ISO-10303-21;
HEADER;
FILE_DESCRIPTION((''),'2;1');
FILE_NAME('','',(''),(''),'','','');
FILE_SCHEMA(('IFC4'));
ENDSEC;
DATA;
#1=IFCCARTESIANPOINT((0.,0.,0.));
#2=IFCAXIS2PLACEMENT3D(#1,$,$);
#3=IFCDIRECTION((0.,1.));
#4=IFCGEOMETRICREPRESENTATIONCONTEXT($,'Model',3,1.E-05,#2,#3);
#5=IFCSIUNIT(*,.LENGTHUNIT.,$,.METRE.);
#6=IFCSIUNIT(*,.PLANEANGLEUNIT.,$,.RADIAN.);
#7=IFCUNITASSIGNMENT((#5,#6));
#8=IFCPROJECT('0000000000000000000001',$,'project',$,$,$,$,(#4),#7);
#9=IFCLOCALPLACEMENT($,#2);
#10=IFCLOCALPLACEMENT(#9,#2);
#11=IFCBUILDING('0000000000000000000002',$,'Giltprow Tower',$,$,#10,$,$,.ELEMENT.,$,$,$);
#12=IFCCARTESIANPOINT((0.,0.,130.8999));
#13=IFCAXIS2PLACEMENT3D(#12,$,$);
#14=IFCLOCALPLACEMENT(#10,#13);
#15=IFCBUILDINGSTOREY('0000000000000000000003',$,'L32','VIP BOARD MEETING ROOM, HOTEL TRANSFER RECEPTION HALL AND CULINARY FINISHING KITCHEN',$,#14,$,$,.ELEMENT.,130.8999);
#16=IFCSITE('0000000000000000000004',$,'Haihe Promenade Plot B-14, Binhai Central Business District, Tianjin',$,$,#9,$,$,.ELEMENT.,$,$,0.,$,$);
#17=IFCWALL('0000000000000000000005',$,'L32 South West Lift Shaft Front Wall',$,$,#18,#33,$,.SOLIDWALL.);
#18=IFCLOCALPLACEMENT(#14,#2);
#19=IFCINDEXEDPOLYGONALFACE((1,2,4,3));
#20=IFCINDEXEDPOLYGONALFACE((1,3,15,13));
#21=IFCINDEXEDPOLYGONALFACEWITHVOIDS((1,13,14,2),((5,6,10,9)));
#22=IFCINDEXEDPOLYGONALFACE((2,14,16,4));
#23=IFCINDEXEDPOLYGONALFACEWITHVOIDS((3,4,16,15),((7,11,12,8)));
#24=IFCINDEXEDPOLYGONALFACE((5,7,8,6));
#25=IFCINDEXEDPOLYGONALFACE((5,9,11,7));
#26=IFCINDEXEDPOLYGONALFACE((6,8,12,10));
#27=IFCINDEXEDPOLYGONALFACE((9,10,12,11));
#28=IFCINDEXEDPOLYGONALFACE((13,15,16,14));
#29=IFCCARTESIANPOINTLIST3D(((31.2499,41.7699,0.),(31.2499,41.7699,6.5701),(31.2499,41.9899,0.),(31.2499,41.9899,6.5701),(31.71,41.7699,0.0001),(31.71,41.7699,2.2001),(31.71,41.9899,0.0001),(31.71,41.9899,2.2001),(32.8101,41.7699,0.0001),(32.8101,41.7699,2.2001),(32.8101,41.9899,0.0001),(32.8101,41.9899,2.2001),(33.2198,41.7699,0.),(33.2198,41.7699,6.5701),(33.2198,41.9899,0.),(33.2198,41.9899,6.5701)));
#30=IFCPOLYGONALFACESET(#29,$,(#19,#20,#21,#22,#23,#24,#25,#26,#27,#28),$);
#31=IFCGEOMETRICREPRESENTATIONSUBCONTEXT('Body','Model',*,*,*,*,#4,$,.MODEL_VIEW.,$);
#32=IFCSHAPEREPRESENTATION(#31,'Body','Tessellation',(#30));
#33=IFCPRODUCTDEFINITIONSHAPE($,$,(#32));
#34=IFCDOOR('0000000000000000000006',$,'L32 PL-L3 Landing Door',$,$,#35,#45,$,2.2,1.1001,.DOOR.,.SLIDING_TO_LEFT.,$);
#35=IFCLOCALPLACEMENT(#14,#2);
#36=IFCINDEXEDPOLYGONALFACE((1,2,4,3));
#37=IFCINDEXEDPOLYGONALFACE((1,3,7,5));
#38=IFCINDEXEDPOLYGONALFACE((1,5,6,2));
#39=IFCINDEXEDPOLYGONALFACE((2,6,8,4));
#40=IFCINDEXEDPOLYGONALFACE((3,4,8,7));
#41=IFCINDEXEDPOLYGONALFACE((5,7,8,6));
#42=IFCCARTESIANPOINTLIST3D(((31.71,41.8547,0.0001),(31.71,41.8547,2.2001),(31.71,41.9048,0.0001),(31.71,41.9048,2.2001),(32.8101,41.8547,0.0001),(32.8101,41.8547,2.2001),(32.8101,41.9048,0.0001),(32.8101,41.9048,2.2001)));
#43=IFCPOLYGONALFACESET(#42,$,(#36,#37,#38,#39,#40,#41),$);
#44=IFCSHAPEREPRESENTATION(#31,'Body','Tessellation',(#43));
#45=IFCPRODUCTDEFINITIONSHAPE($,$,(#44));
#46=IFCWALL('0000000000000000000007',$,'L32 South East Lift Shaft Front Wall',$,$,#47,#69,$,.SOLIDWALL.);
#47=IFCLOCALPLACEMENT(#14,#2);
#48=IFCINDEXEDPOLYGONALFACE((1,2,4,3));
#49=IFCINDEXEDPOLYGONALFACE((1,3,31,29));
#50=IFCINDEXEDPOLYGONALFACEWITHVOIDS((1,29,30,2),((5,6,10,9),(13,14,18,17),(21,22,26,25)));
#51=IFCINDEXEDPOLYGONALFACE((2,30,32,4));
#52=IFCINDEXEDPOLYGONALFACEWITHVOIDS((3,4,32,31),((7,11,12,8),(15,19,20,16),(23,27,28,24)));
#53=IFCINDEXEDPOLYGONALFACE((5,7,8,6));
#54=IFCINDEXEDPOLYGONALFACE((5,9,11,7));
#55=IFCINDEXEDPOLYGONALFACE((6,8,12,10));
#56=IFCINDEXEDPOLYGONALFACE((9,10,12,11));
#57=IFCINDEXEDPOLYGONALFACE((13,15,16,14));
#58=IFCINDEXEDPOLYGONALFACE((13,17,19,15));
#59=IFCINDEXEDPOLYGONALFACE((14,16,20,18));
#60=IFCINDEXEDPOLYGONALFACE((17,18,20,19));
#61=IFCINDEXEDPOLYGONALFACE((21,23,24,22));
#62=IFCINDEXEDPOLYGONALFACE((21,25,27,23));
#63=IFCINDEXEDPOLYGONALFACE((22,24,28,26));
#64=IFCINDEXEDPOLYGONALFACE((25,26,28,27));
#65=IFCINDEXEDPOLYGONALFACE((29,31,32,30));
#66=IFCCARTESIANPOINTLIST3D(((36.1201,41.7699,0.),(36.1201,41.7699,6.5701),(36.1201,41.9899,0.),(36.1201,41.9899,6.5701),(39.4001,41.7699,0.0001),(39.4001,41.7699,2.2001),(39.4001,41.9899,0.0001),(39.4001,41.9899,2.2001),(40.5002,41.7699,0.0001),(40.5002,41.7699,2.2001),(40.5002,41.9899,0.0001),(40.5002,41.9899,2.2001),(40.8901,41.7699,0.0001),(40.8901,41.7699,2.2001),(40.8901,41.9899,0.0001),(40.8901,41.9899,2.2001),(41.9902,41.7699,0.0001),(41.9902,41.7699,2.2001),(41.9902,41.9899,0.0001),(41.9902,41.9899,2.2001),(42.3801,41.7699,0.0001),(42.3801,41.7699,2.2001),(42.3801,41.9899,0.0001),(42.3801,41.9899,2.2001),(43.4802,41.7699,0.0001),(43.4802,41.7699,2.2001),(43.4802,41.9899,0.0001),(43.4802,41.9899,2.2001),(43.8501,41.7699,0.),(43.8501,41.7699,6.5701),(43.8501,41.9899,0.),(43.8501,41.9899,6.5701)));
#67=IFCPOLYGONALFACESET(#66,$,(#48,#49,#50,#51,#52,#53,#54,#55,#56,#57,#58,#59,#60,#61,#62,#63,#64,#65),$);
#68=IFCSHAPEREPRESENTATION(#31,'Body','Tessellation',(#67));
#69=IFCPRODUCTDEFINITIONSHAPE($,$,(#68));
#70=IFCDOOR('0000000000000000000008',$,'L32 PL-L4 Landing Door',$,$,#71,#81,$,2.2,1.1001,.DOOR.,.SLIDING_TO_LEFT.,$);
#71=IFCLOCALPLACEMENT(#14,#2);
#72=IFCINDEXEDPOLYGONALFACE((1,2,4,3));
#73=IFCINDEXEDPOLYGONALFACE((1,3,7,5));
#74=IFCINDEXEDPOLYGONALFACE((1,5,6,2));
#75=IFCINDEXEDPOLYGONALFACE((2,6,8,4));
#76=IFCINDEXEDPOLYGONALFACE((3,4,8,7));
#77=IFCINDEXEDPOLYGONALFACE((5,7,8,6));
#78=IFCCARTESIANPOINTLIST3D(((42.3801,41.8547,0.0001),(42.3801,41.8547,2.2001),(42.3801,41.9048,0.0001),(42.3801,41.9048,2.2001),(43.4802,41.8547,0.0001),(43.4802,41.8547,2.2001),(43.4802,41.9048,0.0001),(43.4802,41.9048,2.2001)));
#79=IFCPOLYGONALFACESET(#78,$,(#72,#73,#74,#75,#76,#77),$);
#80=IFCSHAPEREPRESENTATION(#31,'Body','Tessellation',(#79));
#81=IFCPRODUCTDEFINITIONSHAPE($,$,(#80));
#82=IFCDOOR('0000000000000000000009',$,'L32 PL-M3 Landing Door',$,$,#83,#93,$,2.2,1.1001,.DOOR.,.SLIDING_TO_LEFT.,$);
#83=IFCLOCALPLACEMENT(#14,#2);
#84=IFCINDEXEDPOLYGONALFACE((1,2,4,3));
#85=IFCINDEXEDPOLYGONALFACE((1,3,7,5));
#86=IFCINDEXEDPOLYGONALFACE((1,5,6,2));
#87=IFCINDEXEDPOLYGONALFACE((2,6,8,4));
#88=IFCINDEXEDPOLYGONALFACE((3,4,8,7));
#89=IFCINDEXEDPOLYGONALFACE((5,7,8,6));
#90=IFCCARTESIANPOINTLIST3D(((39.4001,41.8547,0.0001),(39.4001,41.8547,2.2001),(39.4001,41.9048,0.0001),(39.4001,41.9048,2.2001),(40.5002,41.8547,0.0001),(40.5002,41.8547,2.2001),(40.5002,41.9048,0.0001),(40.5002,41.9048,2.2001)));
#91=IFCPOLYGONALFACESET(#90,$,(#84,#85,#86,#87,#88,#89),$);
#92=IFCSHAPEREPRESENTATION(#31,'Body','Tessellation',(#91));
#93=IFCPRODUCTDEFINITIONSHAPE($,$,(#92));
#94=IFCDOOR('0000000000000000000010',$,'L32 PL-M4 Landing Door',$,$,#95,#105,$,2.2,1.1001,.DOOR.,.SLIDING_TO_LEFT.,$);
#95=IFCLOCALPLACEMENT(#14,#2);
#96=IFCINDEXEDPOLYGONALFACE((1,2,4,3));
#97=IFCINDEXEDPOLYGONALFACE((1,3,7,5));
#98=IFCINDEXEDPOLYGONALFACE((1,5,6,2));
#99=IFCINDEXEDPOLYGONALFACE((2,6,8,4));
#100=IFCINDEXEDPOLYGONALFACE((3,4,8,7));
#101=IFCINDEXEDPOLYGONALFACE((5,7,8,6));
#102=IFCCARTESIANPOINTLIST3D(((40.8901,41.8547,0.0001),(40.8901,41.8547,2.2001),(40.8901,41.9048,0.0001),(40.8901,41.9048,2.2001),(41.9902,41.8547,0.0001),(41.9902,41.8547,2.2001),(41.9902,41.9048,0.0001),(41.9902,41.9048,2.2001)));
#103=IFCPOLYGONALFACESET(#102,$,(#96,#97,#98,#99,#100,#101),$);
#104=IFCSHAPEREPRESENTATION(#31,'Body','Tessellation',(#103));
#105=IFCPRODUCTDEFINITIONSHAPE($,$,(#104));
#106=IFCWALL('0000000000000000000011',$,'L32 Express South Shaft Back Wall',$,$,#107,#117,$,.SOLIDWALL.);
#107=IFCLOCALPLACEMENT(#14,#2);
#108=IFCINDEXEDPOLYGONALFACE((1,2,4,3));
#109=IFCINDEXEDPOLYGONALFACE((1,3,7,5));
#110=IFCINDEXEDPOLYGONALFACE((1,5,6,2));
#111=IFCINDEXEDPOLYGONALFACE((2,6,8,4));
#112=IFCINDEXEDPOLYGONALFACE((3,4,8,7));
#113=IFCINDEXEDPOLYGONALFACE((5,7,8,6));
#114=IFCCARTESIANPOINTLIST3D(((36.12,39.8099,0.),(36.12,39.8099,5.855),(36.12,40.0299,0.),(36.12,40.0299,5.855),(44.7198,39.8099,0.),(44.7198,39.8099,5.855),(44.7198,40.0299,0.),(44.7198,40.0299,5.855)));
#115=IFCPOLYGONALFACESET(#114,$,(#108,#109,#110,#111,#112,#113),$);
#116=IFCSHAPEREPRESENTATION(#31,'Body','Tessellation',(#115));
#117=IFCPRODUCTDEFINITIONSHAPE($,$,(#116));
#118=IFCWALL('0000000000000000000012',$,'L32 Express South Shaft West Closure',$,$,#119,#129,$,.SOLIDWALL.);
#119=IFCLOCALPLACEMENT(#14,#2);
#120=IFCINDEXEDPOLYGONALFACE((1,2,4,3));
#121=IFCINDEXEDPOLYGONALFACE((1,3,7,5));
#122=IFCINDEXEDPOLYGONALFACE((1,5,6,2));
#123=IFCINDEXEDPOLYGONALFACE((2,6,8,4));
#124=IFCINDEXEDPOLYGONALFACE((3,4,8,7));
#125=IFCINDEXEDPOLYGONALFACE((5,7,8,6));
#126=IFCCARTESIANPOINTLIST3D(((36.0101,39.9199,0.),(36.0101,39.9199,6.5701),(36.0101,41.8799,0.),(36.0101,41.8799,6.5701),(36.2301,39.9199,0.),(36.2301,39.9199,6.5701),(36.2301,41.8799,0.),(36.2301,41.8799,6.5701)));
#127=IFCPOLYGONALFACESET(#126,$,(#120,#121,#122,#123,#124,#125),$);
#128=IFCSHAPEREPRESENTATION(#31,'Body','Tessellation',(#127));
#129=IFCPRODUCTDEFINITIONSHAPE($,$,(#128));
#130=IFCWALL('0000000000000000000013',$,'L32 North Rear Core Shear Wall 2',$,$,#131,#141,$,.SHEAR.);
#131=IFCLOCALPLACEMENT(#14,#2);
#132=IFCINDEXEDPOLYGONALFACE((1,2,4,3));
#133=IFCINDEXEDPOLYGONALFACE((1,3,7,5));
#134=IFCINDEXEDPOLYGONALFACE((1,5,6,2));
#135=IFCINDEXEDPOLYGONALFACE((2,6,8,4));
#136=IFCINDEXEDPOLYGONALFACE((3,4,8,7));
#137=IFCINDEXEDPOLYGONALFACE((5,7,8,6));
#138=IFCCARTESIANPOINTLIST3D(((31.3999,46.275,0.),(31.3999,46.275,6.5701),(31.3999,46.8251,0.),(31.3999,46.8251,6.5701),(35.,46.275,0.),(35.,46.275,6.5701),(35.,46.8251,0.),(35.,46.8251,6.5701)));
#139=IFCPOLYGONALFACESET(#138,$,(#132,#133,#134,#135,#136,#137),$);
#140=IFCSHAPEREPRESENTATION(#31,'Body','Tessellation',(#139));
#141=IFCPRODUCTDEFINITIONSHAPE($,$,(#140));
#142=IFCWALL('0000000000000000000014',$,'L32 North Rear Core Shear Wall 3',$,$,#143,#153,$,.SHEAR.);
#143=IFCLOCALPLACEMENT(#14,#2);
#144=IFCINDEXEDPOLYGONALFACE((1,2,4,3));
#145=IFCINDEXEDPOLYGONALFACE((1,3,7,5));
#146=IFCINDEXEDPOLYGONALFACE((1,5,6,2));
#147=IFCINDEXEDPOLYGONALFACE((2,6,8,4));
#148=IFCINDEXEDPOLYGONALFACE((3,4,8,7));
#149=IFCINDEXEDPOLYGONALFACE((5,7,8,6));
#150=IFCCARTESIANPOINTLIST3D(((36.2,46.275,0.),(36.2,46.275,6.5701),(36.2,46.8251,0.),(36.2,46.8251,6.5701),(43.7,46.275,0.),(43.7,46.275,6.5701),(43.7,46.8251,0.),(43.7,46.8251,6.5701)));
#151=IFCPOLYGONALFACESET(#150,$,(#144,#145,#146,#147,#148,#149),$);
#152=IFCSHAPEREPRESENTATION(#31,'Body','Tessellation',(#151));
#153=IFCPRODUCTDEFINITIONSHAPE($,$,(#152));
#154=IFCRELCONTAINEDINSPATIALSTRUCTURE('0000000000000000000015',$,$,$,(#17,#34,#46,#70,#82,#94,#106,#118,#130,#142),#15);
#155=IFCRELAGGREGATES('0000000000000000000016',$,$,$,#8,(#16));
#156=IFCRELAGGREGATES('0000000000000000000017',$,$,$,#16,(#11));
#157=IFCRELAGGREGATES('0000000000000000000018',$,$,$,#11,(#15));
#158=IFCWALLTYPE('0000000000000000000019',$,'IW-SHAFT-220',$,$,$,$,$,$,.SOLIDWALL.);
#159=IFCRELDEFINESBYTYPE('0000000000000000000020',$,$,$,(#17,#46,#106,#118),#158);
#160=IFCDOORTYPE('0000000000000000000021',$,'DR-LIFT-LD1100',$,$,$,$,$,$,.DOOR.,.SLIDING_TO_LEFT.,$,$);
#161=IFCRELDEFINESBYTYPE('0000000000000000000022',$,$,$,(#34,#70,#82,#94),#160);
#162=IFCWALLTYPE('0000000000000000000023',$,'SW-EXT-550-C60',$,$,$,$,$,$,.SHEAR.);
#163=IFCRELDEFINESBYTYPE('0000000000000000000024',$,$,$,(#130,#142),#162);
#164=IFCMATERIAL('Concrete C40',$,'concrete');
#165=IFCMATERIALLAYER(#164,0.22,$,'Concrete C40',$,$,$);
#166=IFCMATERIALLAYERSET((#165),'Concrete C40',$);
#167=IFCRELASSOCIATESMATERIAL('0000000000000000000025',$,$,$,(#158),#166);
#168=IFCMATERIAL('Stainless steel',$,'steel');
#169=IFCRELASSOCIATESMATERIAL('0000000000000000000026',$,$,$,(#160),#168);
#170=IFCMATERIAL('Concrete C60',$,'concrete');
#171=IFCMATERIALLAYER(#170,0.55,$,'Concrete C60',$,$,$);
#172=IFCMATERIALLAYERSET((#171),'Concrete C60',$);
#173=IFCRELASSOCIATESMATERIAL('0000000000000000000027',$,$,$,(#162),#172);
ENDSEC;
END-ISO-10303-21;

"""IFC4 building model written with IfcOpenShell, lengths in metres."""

from ifc_helpers import new_model, si_unit, direction, frame, frame_2d, origin, place, context, subcontext, project, spatial, rectangle, extrude, source, transform, mapped, material, layer, layer_set, type_object, element, fill, save


model = new_model("IFC4")

# Units and contexts
model_context = context("Model", 3, precision=1e-05, world=origin(), true_north=direction((0.0, 1.0)))
body_context = subcontext(model_context, "Body", "Model", "MODEL_VIEW")
ifc_project = project(units=[si_unit("LENGTHUNIT", "METRE"), si_unit("PLANEANGLEUNIT", "RADIAN")], contexts=[model_context])

# Site, building, storey
site_placement = place(None, origin())
site = spatial("IfcSite", under=ifc_project, at=site_placement, Name="Haihe Promenade Plot B-14, Binhai Central Business District, Tianjin", CompositionType="ELEMENT", RefElevation=0.0)
building_placement = place(site_placement, origin())
building = spatial("IfcBuilding", under=site, at=building_placement, Name="Giltprow Tower", CompositionType="ELEMENT")
storey_placement = place(building_placement, frame((0.0, 0.0, 130.8999)))
storey = spatial("IfcBuildingStorey", under=building, at=storey_placement, Name="L32", Description="VIP BOARD MEETING ROOM, HOTEL TRANSFER RECEPTION HALL AND CULINARY FINISHING KITCHEN", CompositionType="ELEMENT", Elevation=130.8999)

# Shared definitions
ifc_material_1 = material(Name="Concrete C60", Category="concrete")

# Shared definitions
ifc_material_2 = material(Name="Concrete C40", Category="concrete")
ifc_layer_1 = layer(ifc_material_2, 0.22, Name="Concrete C40")
ifc_layer_set_1 = layer_set([ifc_layer_1], Name="Concrete C40")
wall_type_1 = type_object("IfcWallType", Name="IW-SHAFT-220", PredefinedType="SOLIDWALL", material=ifc_layer_set_1)
ifc_material_3 = material(Name="Stainless steel", Category="steel")
door_type = type_object("IfcDoorType", Name="DR-LIFT-LD1100", OperationType="SLIDING_TO_LEFT", PredefinedType="DOOR", material=ifc_material_3)
shared_shape_1 = source(origin(), body_context, "Body", "SweptSolid", [
    extrude(rectangle(XDim=1.1001, YDim=2.2, at=frame_2d((0.55, 1.1001))), frame((0.0, 0.0249, 0.0), z_axis=(0.0, -1.0, 0.0), x_axis=(1.0, 0.0, 0.0)), (0.0, 0.0, 1.0), 0.05),
])

# Wall, opening, door
wall_1_placement = place(storey_placement, frame((31.25, 41.8799, 0.0), z_axis=(0.0, 0.0, 1.0), x_axis=(1.0, 0.0, 0.0)))
wall_1 = element("IfcWall", 1, at=wall_1_placement, inside=storey, type_object=wall_type_1, Name="L32 South West Lift Shaft Front Wall", PredefinedType="SOLIDWALL", context=body_context, shape_type="SweptSolid", body=[
    extrude(rectangle(XDim=1.97, YDim=0.22, at=frame_2d((0.9849, 0.0))), origin(), (0.0, 0.0, 1.0), 6.5701),
])
opening_1_placement = place(wall_1_placement, frame((0.46, 0.0, 0.0)))
opening_1 = element("IfcOpeningElement", 2, at=opening_1_placement, cuts=wall_1, PredefinedType="OPENING", context=body_context, shape_type="SweptSolid", body=[
    extrude(rectangle(XDim=1.1001, YDim=2.2, at=frame_2d((0.55, 1.1001))), frame((0.0, 0.1199, 0.0), z_axis=(0.0, -1.0, 0.0), x_axis=(1.0, 0.0, 0.0)), (0.0, 0.0, 1.0), 0.24),
])
door_1_placement = place(opening_1_placement, origin())
door_1 = element("IfcDoor", 3, at=door_1_placement, inside=storey, type_object=door_type, Name="L32 PL-L3 Landing Door", OperationType="SLIDING_TO_LEFT", OverallHeight=2.2, OverallWidth=1.1001, PredefinedType="DOOR", context=body_context, shape_type="MappedRepresentation", body=[
    mapped(shared_shape_1, transform((0.0, 0.0, 0.0), x_axis=(1.0, 0.0, 0.0), y_axis=(0.0, 1.0, 0.0), z_axis=(0.0, 0.0, 1.0), scale=1.0)),
])
fill(opening_1, door_1)

# Wall, openings, doors
wall_2_placement = place(storey_placement, frame((36.1201, 41.8799, 0.0), z_axis=(0.0, 0.0, 1.0), x_axis=(1.0, 0.0, 0.0)))
wall_2 = element("IfcWall", 4, at=wall_2_placement, inside=storey, type_object=wall_type_1, Name="L32 South East Lift Shaft Front Wall", PredefinedType="SOLIDWALL", context=body_context, shape_type="SweptSolid", body=[
    extrude(rectangle(XDim=7.73, YDim=0.22, at=frame_2d((3.865, 0.0))), origin(), (0.0, 0.0, 1.0), 6.5701),
])
opening_2_placement = place(wall_2_placement, frame((6.26, 0.0, 0.0)))
opening_2 = element("IfcOpeningElement", 5, at=opening_2_placement, cuts=wall_2, PredefinedType="OPENING", context=body_context, shape_type="SweptSolid", body=[
    extrude(rectangle(XDim=1.1001, YDim=2.2, at=frame_2d((0.55, 1.1001))), frame((0.0, 0.1199, 0.0), z_axis=(0.0, -1.0, 0.0), x_axis=(1.0, 0.0, 0.0)), (0.0, 0.0, 1.0), 0.24),
])
opening_3_placement = place(wall_2_placement, frame((3.28, 0.0, 0.0)))
opening_3 = element("IfcOpeningElement", 6, at=opening_3_placement, cuts=wall_2, PredefinedType="OPENING", context=body_context, shape_type="SweptSolid", body=[
    extrude(rectangle(XDim=1.1001, YDim=2.2, at=frame_2d((0.55, 1.1001))), frame((0.0, 0.1199, 0.0), z_axis=(0.0, -1.0, 0.0), x_axis=(1.0, 0.0, 0.0)), (0.0, 0.0, 1.0), 0.24),
])
opening_4_placement = place(wall_2_placement, frame((4.77, 0.0, 0.0)))
opening_4 = element("IfcOpeningElement", 7, at=opening_4_placement, cuts=wall_2, PredefinedType="OPENING", context=body_context, shape_type="SweptSolid", body=[
    extrude(rectangle(XDim=1.1001, YDim=2.2, at=frame_2d((0.55, 1.1001))), frame((0.0, 0.1199, 0.0), z_axis=(0.0, -1.0, 0.0), x_axis=(1.0, 0.0, 0.0)), (0.0, 0.0, 1.0), 0.24),
])
door_2_placement = place(opening_2_placement, origin())
door_2 = element("IfcDoor", 8, at=door_2_placement, inside=storey, type_object=door_type, Name="L32 PL-L4 Landing Door", OperationType="SLIDING_TO_LEFT", OverallHeight=2.2, OverallWidth=1.1001, PredefinedType="DOOR", context=body_context, shape_type="MappedRepresentation", body=[
    mapped(shared_shape_1, transform((0.0, 0.0, 0.0), x_axis=(1.0, 0.0, 0.0), y_axis=(0.0, 1.0, 0.0), z_axis=(0.0, 0.0, 1.0), scale=1.0)),
])
fill(opening_2, door_2)
door_3_placement = place(opening_3_placement, origin())
door_3 = element("IfcDoor", 9, at=door_3_placement, inside=storey, type_object=door_type, Name="L32 PL-M3 Landing Door", OperationType="SLIDING_TO_LEFT", OverallHeight=2.2, OverallWidth=1.1001, PredefinedType="DOOR", context=body_context, shape_type="MappedRepresentation", body=[
    mapped(shared_shape_1, transform((0.0, 0.0, 0.0), x_axis=(1.0, 0.0, 0.0), y_axis=(0.0, 1.0, 0.0), z_axis=(0.0, 0.0, 1.0), scale=1.0)),
])
fill(opening_3, door_3)
door_4_placement = place(opening_4_placement, origin())
door_4 = element("IfcDoor", 10, at=door_4_placement, inside=storey, type_object=door_type, Name="L32 PL-M4 Landing Door", OperationType="SLIDING_TO_LEFT", OverallHeight=2.2, OverallWidth=1.1001, PredefinedType="DOOR", context=body_context, shape_type="MappedRepresentation", body=[
    mapped(shared_shape_1, transform((0.0, 0.0, 0.0), x_axis=(1.0, 0.0, 0.0), y_axis=(0.0, 1.0, 0.0), z_axis=(0.0, 0.0, 1.0), scale=1.0)),
])
fill(opening_4, door_4)

# Walls
wall_3_placement = place(storey_placement, frame((36.1201, 39.9199, 0.0), z_axis=(0.0, 0.0, 1.0), x_axis=(1.0, 0.0, 0.0)))
element("IfcWall", 11, at=wall_3_placement, inside=storey, type_object=wall_type_1, Name="L32 Express South Shaft Back Wall", PredefinedType="SOLIDWALL", context=body_context, shape_type="SweptSolid", body=[
    extrude(rectangle(XDim=8.5999, YDim=0.22, at=frame_2d((4.2998, 0.0))), origin(), (0.0, 0.0, 1.0), 5.855),
])
wall_4_placement = place(storey_placement, frame((36.1201, 39.9199, 0.0), z_axis=(0.0, 0.0, 1.0), x_axis=(0.0, 1.0, 0.0)))
element("IfcWall", 12, at=wall_4_placement, inside=storey, type_object=wall_type_1, Name="L32 Express South Shaft West Closure", PredefinedType="SOLIDWALL", context=body_context, shape_type="SweptSolid", body=[
    extrude(rectangle(XDim=1.96, YDim=0.22, at=frame_2d((0.98, 0.0))), origin(), (0.0, 0.0, 1.0), 6.5701),
])
ifc_layer_2 = layer(ifc_material_1, 0.55, Name="Concrete C60")
ifc_layer_set_2 = layer_set([ifc_layer_2], Name="Concrete C60")
wall_type_2 = type_object("IfcWallType", Name="SW-EXT-550-C60", PredefinedType="SHEAR", material=ifc_layer_set_2)
wall_5_placement = place(storey_placement, frame((31.3999, 46.55, 0.0), z_axis=(0.0, 0.0, 1.0), x_axis=(1.0, 0.0, 0.0)))
element("IfcWall", 13, at=wall_5_placement, inside=storey, type_object=wall_type_2, Name="L32 North Rear Core Shear Wall 2", PredefinedType="SHEAR", context=body_context, shape_type="SweptSolid", body=[
    extrude(rectangle(XDim=3.6001, YDim=0.55, at=frame_2d((1.8, 0.0))), origin(), (0.0, 0.0, 1.0), 6.5701),
])
wall_6_placement = place(storey_placement, frame((36.2, 46.55, 0.0), z_axis=(0.0, 0.0, 1.0), x_axis=(1.0, 0.0, 0.0)))
element("IfcWall", 14, at=wall_6_placement, inside=storey, type_object=wall_type_2, Name="L32 North Rear Core Shear Wall 3", PredefinedType="SHEAR", context=body_context, shape_type="SweptSolid", body=[
    extrude(rectangle(XDim=7.5, YDim=0.55, at=frame_2d((3.75, 0.0))), origin(), (0.0, 0.0, 1.0), 6.5701),
])

save(model, "model.ifc")
